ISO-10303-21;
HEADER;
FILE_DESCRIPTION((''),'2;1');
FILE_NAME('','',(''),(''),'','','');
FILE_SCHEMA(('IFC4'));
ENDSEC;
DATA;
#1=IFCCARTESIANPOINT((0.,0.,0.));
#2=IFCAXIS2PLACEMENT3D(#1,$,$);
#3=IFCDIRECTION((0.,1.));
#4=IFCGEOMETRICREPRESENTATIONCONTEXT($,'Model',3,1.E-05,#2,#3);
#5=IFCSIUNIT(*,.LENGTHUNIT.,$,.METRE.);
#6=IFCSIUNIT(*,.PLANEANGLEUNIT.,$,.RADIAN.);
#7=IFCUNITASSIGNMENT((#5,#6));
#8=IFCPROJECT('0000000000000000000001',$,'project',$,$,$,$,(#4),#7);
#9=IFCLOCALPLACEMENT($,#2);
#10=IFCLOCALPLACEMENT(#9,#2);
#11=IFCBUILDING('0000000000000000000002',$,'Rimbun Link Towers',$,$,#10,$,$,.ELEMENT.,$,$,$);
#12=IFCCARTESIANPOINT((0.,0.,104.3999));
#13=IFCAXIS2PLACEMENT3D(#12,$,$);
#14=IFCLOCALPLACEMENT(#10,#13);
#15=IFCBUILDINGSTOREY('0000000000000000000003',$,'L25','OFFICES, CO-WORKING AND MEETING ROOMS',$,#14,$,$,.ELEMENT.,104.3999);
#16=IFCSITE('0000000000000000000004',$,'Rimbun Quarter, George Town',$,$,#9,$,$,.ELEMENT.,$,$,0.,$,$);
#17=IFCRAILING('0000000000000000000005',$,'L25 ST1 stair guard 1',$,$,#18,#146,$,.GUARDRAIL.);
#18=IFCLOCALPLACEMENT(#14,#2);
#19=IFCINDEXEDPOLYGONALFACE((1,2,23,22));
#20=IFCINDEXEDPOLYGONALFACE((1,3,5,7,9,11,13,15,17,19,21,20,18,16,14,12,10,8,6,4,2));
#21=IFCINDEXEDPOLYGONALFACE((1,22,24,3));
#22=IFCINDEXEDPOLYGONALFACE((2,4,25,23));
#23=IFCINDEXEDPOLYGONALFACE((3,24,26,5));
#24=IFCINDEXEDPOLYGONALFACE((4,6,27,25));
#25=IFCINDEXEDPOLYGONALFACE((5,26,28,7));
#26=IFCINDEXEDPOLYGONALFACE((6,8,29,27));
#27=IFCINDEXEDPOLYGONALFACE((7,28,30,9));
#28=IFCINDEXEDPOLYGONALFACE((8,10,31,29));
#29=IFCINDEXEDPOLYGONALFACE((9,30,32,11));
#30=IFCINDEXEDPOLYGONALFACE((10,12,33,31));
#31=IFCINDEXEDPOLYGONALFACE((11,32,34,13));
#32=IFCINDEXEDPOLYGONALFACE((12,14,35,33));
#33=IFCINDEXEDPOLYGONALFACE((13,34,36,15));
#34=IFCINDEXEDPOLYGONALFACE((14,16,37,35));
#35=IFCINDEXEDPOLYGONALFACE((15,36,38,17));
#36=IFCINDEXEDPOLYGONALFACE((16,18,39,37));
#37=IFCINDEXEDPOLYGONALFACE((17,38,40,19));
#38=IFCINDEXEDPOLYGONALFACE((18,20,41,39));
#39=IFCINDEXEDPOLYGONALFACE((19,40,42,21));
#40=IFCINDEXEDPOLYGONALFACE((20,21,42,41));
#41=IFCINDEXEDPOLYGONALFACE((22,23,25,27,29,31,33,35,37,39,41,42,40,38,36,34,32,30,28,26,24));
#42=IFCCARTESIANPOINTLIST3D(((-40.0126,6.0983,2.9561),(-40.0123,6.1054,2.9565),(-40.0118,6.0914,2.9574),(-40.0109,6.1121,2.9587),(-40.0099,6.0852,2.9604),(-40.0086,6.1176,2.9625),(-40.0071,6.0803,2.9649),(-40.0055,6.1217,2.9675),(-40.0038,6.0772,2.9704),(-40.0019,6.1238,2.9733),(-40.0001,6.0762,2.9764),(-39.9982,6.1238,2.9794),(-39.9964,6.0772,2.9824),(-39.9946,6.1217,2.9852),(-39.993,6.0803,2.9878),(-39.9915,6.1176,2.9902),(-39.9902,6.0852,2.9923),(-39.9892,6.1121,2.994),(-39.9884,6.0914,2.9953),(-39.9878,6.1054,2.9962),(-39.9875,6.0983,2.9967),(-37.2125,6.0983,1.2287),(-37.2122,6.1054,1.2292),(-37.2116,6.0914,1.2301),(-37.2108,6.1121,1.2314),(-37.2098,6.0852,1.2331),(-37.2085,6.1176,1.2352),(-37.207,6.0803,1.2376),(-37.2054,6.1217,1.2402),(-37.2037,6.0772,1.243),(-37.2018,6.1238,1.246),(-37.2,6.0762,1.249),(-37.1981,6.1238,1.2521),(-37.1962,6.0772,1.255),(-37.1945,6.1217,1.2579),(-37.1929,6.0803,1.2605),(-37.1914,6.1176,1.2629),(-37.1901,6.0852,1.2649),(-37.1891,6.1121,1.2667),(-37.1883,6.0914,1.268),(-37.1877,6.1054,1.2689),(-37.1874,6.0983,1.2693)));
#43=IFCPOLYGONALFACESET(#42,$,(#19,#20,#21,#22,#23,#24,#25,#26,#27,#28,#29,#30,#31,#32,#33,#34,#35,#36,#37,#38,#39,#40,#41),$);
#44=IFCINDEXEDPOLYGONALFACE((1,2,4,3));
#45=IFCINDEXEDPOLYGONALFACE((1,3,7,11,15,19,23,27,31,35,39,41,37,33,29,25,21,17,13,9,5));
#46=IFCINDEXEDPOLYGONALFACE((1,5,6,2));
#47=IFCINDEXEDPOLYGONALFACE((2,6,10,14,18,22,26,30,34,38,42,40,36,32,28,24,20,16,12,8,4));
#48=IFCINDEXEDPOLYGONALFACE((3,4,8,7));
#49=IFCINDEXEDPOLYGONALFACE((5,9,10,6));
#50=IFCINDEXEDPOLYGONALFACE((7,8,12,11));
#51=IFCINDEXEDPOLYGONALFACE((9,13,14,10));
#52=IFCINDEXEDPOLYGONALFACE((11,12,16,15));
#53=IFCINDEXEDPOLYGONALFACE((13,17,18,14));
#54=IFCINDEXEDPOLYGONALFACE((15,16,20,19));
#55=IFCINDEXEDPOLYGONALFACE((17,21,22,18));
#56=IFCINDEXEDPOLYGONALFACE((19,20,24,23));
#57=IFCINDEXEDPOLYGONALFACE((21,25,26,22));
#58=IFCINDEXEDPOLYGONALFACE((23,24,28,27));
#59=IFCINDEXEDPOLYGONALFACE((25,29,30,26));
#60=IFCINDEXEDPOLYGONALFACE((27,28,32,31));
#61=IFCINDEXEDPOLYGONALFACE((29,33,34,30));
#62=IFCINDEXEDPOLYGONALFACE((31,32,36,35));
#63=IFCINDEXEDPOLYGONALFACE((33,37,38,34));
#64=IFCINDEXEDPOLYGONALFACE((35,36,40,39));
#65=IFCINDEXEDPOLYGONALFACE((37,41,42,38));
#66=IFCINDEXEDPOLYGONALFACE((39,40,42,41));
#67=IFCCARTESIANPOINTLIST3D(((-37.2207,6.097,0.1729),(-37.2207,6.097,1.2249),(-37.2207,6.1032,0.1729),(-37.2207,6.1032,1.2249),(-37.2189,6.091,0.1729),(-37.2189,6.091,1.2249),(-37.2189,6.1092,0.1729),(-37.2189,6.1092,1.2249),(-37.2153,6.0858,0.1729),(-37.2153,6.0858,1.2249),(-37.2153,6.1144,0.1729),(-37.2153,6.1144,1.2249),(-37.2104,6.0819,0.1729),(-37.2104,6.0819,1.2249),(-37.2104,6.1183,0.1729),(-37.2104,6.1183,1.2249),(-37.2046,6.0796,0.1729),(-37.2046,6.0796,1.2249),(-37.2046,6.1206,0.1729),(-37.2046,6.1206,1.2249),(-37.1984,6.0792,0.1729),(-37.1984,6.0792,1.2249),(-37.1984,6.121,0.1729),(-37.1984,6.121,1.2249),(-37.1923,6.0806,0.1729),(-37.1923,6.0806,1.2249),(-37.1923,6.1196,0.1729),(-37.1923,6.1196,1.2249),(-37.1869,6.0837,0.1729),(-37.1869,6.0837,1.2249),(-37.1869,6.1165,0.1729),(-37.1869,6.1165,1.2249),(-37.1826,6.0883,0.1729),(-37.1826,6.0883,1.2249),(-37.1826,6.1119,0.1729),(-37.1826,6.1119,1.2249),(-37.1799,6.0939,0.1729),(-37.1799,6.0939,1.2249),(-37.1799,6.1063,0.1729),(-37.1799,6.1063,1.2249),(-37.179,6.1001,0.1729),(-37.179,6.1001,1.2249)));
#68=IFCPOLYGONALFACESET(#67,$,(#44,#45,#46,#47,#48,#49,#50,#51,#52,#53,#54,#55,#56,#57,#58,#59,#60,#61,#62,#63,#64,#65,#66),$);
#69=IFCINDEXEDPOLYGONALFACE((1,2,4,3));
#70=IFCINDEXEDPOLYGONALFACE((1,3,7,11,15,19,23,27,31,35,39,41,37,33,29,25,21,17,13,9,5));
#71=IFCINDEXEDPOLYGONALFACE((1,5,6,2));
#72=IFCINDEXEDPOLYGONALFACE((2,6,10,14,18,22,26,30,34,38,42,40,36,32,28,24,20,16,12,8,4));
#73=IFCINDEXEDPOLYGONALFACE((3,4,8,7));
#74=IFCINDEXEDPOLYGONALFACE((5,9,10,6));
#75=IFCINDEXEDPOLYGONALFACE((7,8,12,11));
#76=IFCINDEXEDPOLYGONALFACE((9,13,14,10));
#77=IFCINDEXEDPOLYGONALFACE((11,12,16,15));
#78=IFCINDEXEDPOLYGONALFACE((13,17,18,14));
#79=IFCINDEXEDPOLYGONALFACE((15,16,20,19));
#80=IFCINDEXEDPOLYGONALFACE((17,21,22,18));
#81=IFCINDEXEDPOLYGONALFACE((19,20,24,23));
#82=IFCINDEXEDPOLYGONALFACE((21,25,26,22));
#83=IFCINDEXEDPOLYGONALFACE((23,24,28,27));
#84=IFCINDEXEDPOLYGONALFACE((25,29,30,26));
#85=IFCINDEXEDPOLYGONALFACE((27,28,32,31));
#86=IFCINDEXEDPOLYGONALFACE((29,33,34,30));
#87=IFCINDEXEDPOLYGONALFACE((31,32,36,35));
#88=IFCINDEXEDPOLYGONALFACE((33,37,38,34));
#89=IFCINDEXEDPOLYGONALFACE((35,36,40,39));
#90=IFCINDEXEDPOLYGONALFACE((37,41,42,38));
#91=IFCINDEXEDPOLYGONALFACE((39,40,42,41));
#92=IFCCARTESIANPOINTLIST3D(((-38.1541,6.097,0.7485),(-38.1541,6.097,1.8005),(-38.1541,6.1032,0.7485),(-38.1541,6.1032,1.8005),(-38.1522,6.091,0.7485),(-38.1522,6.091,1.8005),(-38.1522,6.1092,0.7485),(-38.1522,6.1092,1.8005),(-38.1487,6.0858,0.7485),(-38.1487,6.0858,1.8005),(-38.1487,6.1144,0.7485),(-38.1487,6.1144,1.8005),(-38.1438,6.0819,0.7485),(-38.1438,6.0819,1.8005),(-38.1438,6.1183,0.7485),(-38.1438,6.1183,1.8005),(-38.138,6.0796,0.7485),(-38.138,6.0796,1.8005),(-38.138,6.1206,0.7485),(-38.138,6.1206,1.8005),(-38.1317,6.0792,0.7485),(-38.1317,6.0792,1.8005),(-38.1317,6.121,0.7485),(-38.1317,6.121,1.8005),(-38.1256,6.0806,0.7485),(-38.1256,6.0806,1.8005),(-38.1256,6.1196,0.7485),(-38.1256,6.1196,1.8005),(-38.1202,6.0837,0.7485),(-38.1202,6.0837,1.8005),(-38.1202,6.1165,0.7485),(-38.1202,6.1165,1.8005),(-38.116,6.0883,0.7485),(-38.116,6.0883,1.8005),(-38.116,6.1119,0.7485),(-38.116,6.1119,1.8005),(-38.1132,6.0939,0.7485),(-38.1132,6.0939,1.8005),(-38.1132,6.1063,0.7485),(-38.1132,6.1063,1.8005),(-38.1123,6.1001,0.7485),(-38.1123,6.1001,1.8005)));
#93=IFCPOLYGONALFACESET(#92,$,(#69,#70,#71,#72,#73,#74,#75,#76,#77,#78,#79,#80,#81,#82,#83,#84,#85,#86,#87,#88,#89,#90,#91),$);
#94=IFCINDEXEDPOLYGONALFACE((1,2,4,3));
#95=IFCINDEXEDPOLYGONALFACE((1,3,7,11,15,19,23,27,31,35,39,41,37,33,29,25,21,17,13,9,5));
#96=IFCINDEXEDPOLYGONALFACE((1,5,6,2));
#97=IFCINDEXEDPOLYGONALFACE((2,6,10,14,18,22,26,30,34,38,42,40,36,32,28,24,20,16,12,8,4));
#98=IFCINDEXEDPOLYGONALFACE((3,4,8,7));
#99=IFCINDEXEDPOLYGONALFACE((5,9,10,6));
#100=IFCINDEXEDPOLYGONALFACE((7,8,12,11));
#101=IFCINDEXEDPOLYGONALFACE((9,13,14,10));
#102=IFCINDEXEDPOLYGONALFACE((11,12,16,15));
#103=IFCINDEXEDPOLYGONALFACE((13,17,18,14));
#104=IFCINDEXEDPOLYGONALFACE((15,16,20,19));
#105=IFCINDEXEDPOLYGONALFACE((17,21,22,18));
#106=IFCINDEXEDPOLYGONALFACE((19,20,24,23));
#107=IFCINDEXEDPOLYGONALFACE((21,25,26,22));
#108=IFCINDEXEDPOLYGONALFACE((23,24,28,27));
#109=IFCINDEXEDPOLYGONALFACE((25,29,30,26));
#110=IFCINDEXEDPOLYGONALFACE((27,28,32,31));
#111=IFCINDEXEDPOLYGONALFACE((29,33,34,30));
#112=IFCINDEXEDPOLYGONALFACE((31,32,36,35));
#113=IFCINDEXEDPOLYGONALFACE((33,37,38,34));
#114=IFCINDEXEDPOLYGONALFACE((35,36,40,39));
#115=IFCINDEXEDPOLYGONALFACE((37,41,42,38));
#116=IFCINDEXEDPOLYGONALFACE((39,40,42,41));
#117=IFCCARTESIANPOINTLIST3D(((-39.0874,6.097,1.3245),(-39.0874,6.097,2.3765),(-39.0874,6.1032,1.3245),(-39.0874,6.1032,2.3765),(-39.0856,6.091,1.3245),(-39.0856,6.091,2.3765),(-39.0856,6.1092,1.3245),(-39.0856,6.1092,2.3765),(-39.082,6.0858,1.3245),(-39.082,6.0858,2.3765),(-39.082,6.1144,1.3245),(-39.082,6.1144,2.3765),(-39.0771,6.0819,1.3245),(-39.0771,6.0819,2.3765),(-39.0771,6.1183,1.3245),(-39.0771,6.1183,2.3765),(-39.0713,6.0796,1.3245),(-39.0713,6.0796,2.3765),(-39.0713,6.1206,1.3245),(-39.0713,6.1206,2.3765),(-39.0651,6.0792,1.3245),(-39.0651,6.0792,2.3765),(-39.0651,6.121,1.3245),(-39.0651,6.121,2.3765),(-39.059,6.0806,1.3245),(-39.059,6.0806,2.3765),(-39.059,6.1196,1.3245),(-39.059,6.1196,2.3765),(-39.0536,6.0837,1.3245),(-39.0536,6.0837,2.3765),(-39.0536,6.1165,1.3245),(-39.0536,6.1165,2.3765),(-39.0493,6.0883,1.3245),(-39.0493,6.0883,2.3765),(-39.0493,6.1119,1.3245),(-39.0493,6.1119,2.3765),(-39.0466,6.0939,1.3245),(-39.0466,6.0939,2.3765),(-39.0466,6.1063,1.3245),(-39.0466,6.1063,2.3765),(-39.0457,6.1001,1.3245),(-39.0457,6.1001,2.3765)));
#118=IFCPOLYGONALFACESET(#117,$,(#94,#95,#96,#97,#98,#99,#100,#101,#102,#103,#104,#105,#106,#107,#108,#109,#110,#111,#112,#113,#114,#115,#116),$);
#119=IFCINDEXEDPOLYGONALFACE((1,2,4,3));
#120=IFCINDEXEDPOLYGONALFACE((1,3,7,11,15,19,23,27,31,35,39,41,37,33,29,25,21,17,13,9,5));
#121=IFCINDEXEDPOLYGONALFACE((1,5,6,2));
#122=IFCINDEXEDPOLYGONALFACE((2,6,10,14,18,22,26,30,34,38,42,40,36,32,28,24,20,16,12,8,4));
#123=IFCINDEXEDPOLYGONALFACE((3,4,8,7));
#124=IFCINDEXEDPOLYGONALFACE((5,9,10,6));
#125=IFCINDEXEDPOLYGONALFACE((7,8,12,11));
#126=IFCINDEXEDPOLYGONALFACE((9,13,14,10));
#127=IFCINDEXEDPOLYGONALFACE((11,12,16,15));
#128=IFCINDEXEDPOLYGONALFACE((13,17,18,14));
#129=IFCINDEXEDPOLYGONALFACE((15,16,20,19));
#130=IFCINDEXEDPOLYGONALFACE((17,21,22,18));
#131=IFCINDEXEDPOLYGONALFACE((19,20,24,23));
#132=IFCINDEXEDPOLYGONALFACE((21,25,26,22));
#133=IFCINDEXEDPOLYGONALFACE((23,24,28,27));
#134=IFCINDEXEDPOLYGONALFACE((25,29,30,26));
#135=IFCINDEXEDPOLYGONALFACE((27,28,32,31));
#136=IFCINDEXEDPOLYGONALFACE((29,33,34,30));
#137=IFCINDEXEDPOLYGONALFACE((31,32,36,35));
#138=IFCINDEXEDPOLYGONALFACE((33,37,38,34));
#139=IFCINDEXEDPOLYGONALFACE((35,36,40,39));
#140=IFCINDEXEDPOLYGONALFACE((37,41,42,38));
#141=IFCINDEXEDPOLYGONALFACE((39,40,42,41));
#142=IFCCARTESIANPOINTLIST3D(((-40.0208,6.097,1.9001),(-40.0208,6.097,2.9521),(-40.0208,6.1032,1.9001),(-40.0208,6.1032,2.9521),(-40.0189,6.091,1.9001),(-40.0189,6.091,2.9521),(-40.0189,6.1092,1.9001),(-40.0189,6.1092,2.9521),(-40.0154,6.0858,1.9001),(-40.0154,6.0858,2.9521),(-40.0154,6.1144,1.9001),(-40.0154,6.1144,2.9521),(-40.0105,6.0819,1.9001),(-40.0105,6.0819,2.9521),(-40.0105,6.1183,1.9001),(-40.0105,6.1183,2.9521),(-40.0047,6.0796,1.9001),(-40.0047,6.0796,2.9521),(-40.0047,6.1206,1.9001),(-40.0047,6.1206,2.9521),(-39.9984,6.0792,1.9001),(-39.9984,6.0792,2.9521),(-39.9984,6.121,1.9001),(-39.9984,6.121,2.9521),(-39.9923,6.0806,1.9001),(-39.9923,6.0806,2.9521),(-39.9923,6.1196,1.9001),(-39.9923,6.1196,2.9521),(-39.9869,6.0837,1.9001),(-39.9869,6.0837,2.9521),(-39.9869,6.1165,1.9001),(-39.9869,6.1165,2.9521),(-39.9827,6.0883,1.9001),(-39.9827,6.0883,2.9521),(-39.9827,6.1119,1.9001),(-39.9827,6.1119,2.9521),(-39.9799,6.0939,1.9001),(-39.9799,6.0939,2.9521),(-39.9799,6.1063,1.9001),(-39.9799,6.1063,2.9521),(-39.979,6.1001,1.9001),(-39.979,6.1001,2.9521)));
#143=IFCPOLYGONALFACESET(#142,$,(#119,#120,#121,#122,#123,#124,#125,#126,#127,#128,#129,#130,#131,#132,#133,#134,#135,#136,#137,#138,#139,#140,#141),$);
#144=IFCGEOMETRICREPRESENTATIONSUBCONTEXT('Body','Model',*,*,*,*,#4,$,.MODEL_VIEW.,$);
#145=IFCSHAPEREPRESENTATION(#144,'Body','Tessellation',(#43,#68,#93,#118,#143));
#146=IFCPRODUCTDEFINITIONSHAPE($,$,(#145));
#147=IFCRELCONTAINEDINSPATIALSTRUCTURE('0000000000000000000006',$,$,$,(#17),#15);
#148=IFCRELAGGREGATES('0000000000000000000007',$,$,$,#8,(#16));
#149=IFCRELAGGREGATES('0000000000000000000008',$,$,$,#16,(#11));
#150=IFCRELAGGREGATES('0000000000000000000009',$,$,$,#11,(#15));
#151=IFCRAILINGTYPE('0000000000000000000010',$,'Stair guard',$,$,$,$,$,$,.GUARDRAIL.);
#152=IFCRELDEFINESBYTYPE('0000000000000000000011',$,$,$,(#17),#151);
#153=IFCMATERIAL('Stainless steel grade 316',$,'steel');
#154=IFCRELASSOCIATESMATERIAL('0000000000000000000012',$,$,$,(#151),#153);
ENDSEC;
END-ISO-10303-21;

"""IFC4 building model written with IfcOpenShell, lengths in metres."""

from ifc_helpers import new_model, si_unit, direction, frame, origin, origin_2d, place, context, subcontext, project, spatial, circle, extrude, material, type_object, element, save


model = new_model("IFC4")

# Units and contexts
model_context = context("Model", 3, precision=1e-05, world=origin(), true_north=direction((0.0, 1.0)))
body_context = subcontext(model_context, "Body", "Model", "MODEL_VIEW")
ifc_project = project(units=[si_unit("LENGTHUNIT", "METRE"), si_unit("PLANEANGLEUNIT", "RADIAN")], contexts=[model_context])

# Site, building, storey
site_placement = place(None, origin())
site = spatial("IfcSite", under=ifc_project, at=site_placement, Name="Rimbun Quarter, George Town", CompositionType="ELEMENT", RefElevation=0.0)
building_placement = place(site_placement, origin())
building = spatial("IfcBuilding", under=site, at=building_placement, Name="Rimbun Link Towers", CompositionType="ELEMENT")
storey_placement = place(building_placement, frame((0.0, 0.0, 104.3999)))
storey = spatial("IfcBuildingStorey", under=building, at=storey_placement, Name="L25", Description="OFFICES, CO-WORKING AND MEETING ROOMS", CompositionType="ELEMENT", Elevation=104.3999)

# Railing
ifc_material_1 = material(Name="Stainless steel grade 316", Category="steel")
railing_type_1 = type_object("IfcRailingType", Name="Stair guard", PredefinedType="GUARDRAIL", material=ifc_material_1)
railing_1_placement = place(storey_placement, frame((-37.2, 6.1001, 0.1729)))
element("IfcRailing", 1, at=railing_1_placement, inside=storey, type_object=railing_type_1, Name="L25 ST1 stair guard 1", PredefinedType="GUARDRAIL", context=body_context, shape_type="SweptSolid", body=[
    extrude(circle(Radius=0.0239, at=origin_2d()), frame((0.0, 0.0, 1.0762), z_axis=(-0.85109, 0.0, 0.52502), x_axis=(0.0, -1.0, 0.0)), (0.0, 0.0, 1.0), 3.29),
    extrude(circle(Radius=0.021, at=origin_2d()), origin(), (0.0, 0.0, 1.0), 1.052),
    extrude(circle(Radius=0.021, at=origin_2d()), frame((-0.9333, 0.0, 0.5757)), (0.0, 0.0, 1.0), 1.052),
    extrude(circle(Radius=0.021, at=origin_2d()), frame((-1.8667, 0.0, 1.1516)), (0.0, 0.0, 1.0), 1.052),
    extrude(circle(Radius=0.021, at=origin_2d()), frame((-2.8, 0.0, 1.7273)), (0.0, 0.0, 1.0), 1.052),
])

save(model, "model.ifc")
